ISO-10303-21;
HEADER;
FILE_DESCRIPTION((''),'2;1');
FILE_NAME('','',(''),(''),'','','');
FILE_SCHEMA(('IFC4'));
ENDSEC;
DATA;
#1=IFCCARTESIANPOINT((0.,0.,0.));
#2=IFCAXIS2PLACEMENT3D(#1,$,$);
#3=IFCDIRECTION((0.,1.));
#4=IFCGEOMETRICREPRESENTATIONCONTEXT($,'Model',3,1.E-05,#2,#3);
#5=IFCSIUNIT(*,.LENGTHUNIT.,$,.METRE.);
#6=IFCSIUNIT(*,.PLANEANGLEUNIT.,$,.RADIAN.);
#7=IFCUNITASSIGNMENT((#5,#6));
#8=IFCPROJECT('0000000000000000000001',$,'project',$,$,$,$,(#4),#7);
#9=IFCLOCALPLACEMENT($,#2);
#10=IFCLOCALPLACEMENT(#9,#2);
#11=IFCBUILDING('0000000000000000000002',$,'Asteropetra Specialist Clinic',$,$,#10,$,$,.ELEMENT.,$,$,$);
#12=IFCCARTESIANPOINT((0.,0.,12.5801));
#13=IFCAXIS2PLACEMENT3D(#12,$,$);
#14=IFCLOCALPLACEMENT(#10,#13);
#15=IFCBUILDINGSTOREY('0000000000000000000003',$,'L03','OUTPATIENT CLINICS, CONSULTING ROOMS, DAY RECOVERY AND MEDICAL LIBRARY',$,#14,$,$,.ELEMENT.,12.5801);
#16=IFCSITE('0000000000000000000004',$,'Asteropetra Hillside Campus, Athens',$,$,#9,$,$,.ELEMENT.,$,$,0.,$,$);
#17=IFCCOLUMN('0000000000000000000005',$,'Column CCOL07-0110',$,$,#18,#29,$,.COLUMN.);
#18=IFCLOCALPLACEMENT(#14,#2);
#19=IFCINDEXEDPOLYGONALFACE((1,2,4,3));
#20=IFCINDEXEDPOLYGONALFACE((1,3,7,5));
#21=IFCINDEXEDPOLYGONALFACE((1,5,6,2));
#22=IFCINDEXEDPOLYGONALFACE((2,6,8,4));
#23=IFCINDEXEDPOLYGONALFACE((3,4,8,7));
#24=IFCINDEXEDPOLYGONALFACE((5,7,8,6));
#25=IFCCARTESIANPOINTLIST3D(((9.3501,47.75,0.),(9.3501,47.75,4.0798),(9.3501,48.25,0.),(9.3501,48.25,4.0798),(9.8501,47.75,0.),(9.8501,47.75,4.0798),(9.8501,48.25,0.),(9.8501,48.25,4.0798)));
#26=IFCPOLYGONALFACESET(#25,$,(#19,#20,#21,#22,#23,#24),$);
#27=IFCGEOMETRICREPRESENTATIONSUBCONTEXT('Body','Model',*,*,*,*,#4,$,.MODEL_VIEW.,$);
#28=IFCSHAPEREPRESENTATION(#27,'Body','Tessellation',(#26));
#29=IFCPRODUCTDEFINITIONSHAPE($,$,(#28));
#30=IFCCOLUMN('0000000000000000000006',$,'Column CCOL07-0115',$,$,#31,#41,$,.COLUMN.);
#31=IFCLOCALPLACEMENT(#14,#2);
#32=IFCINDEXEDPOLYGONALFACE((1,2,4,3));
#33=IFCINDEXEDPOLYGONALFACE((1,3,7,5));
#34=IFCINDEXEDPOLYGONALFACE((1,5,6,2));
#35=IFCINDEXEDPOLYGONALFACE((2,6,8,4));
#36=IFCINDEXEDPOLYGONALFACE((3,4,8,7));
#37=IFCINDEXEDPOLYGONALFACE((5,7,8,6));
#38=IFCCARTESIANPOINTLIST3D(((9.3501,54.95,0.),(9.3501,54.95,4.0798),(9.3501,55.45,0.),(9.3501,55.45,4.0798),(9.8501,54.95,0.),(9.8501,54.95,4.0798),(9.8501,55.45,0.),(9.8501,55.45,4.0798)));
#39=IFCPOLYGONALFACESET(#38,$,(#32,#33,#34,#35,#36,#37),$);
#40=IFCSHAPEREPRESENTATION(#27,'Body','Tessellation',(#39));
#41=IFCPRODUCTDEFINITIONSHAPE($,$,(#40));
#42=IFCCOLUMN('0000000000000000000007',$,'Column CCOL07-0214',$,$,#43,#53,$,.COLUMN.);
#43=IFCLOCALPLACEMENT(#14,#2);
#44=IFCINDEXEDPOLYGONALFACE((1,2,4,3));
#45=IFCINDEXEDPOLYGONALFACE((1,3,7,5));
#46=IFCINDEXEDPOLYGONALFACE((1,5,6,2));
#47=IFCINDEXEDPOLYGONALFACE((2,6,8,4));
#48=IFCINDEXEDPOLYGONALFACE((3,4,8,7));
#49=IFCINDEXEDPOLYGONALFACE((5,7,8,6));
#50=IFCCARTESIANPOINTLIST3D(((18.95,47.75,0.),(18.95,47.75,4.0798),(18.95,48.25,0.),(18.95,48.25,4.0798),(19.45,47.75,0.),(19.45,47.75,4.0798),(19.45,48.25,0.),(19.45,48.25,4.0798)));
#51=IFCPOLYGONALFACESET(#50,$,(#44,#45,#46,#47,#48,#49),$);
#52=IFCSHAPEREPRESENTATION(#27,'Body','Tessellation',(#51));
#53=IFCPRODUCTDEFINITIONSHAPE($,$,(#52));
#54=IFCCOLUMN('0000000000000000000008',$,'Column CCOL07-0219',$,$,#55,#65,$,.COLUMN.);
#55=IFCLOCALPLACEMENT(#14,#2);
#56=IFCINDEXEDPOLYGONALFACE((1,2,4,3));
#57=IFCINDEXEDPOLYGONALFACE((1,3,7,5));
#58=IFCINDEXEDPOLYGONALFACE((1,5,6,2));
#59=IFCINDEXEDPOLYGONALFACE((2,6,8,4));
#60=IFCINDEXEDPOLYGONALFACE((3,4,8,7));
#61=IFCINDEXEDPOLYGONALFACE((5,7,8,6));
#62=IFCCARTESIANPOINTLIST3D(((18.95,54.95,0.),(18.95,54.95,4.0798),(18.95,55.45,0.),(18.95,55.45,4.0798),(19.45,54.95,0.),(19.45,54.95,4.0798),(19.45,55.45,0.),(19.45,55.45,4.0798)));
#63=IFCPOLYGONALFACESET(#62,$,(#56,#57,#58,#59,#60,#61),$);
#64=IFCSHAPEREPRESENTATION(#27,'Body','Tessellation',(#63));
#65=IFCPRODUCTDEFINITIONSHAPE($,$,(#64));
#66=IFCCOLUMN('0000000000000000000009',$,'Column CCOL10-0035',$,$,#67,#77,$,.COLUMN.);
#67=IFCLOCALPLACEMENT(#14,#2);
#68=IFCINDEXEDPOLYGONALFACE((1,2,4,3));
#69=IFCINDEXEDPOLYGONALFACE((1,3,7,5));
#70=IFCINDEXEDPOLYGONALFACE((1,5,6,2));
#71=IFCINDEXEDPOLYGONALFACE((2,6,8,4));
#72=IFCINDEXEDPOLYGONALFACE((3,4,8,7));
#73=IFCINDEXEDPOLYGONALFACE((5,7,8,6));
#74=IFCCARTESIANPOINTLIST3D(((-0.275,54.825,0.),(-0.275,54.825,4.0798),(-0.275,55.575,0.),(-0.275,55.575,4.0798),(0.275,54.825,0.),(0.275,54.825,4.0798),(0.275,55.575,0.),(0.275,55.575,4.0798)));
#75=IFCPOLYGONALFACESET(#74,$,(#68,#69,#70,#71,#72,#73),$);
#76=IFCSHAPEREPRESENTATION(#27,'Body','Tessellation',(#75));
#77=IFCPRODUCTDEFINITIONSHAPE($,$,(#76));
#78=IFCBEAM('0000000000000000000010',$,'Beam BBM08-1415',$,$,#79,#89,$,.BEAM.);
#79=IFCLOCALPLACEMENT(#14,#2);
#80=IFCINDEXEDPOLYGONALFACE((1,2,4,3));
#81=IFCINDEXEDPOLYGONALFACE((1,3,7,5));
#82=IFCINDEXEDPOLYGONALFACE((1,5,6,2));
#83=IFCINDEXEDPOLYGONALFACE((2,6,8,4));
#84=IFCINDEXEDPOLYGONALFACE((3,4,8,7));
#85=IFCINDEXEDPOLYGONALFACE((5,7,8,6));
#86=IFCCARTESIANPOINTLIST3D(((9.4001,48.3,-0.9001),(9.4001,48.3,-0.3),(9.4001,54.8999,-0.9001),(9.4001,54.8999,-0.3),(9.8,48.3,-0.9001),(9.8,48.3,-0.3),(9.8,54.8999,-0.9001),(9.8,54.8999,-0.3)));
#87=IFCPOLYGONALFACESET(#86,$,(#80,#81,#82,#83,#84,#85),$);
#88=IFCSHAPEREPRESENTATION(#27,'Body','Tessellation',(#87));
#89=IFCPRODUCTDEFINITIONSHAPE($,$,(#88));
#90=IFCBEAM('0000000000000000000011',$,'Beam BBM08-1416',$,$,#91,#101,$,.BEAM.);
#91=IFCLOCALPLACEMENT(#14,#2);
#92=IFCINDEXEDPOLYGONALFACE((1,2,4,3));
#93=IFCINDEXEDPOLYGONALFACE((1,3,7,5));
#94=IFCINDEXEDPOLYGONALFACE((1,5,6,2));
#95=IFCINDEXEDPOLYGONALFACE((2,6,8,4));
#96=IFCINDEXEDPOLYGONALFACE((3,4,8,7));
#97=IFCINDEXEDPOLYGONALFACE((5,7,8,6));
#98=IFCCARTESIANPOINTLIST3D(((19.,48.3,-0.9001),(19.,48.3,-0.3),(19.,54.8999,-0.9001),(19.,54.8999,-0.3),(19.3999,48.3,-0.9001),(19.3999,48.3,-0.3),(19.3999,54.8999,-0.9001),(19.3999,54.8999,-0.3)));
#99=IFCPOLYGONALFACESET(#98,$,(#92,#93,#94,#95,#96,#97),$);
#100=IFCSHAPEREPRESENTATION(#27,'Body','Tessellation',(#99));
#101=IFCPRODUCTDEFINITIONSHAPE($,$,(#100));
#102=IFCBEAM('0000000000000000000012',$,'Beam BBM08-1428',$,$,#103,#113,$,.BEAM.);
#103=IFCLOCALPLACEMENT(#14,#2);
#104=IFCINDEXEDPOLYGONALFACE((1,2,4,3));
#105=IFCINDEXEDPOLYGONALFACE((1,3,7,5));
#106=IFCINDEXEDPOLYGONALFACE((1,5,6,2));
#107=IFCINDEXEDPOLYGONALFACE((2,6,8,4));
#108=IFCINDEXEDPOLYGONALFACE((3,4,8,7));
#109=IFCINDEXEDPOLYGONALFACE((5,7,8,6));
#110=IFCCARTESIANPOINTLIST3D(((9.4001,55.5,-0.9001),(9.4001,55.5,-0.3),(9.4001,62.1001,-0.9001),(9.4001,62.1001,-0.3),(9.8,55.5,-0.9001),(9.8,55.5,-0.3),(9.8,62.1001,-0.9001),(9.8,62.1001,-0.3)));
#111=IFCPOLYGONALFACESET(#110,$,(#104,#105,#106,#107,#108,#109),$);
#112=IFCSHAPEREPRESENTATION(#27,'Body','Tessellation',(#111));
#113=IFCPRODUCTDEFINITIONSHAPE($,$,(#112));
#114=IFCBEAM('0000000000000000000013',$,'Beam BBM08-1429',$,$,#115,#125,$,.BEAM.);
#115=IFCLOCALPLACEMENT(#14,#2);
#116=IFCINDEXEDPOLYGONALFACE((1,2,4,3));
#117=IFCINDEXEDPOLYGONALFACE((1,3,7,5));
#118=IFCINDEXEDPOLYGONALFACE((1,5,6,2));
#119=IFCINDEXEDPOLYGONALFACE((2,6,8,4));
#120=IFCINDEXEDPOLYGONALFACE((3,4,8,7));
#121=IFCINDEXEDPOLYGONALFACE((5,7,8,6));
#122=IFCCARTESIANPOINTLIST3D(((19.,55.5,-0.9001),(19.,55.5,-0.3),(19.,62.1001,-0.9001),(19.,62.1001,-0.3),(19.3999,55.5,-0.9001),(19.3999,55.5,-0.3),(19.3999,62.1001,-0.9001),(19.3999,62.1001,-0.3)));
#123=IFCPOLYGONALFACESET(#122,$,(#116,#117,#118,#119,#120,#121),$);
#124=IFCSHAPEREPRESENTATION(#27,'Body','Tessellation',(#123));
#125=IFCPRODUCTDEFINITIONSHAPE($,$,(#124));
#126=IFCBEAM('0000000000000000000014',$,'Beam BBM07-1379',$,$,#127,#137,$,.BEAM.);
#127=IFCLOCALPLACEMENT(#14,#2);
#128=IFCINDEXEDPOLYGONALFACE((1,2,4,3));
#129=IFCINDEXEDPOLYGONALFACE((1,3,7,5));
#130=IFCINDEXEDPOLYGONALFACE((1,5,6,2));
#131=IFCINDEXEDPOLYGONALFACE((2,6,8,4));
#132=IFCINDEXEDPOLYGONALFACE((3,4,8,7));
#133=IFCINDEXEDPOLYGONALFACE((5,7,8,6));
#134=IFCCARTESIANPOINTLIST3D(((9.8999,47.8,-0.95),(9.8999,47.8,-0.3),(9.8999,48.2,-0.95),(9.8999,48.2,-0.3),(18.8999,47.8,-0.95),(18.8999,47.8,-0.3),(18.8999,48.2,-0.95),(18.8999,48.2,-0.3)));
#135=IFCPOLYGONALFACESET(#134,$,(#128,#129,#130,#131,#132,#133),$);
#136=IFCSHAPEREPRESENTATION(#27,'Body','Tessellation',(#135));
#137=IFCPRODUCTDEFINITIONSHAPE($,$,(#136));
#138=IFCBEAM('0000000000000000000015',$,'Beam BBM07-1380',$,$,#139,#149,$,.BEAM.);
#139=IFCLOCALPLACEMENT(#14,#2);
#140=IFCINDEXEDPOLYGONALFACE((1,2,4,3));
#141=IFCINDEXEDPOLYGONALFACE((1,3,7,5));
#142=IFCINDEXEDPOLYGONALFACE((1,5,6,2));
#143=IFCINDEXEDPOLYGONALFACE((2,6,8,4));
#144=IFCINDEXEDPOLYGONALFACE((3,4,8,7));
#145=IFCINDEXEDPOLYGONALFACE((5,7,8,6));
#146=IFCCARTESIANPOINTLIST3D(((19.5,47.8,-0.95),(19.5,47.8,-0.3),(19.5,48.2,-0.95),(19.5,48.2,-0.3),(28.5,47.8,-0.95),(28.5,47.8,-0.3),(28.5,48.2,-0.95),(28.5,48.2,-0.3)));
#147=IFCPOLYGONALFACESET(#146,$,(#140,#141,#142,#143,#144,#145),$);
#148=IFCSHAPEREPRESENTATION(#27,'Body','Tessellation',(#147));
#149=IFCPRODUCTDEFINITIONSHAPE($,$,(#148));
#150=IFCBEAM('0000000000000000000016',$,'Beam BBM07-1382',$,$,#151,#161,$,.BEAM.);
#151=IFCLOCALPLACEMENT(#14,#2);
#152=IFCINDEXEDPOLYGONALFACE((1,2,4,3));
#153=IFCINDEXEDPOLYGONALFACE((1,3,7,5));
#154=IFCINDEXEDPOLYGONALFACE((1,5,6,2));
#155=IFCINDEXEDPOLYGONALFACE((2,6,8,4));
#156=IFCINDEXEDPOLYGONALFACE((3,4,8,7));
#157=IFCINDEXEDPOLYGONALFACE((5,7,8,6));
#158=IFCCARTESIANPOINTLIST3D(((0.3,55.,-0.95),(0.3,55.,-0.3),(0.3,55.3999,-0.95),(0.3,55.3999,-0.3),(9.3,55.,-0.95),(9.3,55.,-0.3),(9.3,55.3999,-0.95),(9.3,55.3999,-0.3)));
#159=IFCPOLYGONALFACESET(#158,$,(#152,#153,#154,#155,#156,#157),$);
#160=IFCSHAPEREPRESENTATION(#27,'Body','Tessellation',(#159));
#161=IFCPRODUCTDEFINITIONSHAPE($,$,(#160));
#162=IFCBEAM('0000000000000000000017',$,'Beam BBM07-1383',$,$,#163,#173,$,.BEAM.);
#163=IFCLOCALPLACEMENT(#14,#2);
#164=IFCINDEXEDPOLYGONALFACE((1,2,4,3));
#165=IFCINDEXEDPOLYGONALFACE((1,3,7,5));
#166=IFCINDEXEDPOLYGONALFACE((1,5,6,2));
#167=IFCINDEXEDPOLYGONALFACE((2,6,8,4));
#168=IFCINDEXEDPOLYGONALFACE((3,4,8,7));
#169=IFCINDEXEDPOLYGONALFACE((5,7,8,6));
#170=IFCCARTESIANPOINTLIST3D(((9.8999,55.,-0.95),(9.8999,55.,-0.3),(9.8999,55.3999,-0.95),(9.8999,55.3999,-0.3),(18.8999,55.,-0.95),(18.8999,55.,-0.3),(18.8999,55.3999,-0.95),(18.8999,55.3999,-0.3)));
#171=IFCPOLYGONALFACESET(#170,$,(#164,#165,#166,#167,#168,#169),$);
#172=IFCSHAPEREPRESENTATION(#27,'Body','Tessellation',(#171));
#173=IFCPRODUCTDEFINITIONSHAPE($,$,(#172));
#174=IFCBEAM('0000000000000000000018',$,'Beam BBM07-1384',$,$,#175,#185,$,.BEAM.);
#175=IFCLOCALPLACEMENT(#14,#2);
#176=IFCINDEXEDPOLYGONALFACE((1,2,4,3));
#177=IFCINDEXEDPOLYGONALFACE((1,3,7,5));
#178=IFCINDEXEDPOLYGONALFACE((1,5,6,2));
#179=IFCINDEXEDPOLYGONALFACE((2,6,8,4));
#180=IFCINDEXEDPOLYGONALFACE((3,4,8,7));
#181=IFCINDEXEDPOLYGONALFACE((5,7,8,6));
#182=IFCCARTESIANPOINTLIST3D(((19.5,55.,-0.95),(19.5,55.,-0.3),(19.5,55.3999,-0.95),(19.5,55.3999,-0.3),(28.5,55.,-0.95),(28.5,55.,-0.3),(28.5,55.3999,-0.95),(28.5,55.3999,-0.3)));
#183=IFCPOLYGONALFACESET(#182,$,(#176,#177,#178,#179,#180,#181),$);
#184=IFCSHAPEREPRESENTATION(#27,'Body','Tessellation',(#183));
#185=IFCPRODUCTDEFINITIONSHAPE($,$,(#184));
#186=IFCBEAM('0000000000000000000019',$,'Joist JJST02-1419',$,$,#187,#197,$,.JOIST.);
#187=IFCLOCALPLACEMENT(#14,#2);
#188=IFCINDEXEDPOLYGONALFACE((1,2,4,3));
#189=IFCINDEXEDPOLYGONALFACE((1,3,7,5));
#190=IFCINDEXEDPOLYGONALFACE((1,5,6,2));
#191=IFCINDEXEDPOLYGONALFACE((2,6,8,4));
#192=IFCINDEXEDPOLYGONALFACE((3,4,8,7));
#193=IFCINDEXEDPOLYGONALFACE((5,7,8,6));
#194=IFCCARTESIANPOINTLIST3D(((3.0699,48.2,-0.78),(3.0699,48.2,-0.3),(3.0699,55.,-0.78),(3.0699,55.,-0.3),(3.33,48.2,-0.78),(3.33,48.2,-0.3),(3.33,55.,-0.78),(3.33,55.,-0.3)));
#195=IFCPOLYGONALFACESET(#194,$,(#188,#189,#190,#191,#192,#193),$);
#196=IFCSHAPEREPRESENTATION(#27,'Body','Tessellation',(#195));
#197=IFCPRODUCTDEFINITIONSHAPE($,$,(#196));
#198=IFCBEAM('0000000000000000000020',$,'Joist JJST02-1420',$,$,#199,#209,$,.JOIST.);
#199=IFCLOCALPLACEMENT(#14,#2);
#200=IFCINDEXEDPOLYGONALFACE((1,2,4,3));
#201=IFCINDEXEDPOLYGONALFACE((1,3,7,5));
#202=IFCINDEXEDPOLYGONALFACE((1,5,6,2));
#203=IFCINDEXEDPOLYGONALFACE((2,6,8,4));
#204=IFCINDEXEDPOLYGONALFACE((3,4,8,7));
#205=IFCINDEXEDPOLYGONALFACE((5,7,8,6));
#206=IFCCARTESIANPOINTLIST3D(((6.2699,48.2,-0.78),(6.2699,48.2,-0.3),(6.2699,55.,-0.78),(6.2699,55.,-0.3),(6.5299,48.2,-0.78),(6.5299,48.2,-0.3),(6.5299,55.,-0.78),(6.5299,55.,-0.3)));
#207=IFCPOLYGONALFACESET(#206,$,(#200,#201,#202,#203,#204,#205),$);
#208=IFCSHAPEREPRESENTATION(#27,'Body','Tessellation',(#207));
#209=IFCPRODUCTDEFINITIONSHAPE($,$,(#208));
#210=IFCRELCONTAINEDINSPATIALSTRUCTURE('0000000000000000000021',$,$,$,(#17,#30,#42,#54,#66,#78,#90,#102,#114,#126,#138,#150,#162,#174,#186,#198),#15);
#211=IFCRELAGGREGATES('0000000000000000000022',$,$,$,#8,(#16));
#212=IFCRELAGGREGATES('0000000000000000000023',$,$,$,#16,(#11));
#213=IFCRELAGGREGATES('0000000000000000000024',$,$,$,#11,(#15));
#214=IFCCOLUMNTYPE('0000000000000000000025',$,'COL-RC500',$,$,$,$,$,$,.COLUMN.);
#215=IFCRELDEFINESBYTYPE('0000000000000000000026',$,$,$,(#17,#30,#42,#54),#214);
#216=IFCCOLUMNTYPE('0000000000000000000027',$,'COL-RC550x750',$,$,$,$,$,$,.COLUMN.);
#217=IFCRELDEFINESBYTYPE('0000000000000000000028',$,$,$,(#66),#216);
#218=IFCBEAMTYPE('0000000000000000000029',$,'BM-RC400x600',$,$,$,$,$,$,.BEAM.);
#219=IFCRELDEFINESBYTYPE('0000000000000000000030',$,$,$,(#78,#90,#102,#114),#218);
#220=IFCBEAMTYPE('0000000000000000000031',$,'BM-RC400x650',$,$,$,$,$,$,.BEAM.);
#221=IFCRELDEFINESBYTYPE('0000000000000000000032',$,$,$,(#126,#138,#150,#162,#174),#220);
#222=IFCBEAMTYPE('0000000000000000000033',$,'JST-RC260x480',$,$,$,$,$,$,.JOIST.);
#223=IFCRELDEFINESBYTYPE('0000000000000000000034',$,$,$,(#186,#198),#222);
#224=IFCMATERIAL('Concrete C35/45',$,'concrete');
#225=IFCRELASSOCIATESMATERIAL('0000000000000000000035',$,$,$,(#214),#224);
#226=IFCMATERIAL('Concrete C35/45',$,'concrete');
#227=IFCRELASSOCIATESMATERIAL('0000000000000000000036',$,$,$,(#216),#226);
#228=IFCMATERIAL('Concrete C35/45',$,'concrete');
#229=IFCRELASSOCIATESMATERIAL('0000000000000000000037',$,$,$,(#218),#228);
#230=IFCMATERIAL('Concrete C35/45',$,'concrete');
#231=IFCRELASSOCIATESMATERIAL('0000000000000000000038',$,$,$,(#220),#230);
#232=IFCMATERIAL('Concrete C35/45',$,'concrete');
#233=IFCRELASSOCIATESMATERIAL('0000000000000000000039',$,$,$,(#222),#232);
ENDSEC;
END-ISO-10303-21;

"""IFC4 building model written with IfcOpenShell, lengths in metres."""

from ifc_helpers import new_model, si_unit, direction, frame, origin, origin_2d, place, context, subcontext, project, spatial, rectangle, extrude, material, material_profile, profile_set, type_object, element, save


model = new_model("IFC4")

# Units and contexts
model_context = context("Model", 3, precision=1e-05, world=origin(), true_north=direction((0.0, 1.0)))
body_context = subcontext(model_context, "Body", "Model", "MODEL_VIEW")
ifc_project = project(units=[si_unit("LENGTHUNIT", "METRE"), si_unit("PLANEANGLEUNIT", "RADIAN")], contexts=[model_context])

# Site, building, storey
site_placement = place(None, origin())
site = spatial("IfcSite", under=ifc_project, at=site_placement, Name="Asteropetra Hillside Campus, Athens", CompositionType="ELEMENT", RefElevation=0.0)
building_placement = place(site_placement, origin())
building = spatial("IfcBuilding", under=site, at=building_placement, Name="Asteropetra Specialist Clinic", CompositionType="ELEMENT")
storey_placement = place(building_placement, frame((0.0, 0.0, 12.5801)))
storey = spatial("IfcBuildingStorey", under=building, at=storey_placement, Name="L03", Description="OUTPATIENT CLINICS, CONSULTING ROOMS, DAY RECOVERY AND MEDICAL LIBRARY", CompositionType="ELEMENT", Elevation=12.5801)

# Columns
ifc_material_1 = material(Name="Concrete C35/45", Category="concrete")
ifc_material_profile_1 = material_profile(ifc_material_1, rectangle(XDim=0.5, YDim=0.5, at=origin_2d()), Name="RC 500x500")
ifc_profile_set_1 = profile_set([ifc_material_profile_1], Name="Concrete C35/45")
column_type_1 = type_object("IfcColumnType", Name="COL-RC500", PredefinedType="COLUMN", material=ifc_profile_set_1)
for number, where, z_axis, x_axis, name in (
    (1, (9.6001, 48.0, 0.0), (0.0, 0.0, 1.0), (1.0, 0.0, 0.0), "Column CCOL07-0110"),
    (2, (9.6001, 55.2, 0.0), (0.0, 0.0, 1.0), (1.0, 0.0, 0.0), "Column CCOL07-0115"),
    (3, (19.2, 48.0, 0.0), (0.0, 0.0, 1.0), (1.0, 0.0, 0.0), "Column CCOL07-0214"),
    (4, (19.2, 55.2, 0.0), (0.0, 0.0, 1.0), (1.0, 0.0, 0.0), "Column CCOL07-0219"),
):
    element("IfcColumn", number, at=place(storey_placement, frame(where, z_axis=z_axis, x_axis=x_axis)), inside=storey, type_object=column_type_1, Name=name, PredefinedType="COLUMN", context=body_context, shape_type="SweptSolid", body=[
        extrude(rectangle(XDim=0.5, YDim=0.5, at=origin_2d()), origin(), (0.0, 0.0, 1.0), 4.0798),
    ])
ifc_material_2 = material(Name="Concrete C35/45", Category="concrete")
ifc_material_profile_2 = material_profile(ifc_material_2, rectangle(XDim=0.55, YDim=0.75, at=origin_2d()), Name="RC 550x750")
ifc_profile_set_2 = profile_set([ifc_material_profile_2], Name="Concrete C35/45")
column_type_2 = type_object("IfcColumnType", Name="COL-RC550x750", PredefinedType="COLUMN", material=ifc_profile_set_2)
column_placement = place(storey_placement, frame((0.0, 55.2, 0.0), z_axis=(0.0, 0.0, 1.0), x_axis=(1.0, 0.0, 0.0)))
element("IfcColumn", 5, at=column_placement, inside=storey, type_object=column_type_2, Name="Column CCOL10-0035", PredefinedType="COLUMN", context=body_context, shape_type="SweptSolid", body=[
    extrude(rectangle(XDim=0.55, YDim=0.75, at=origin_2d()), origin(), (0.0, 0.0, 1.0), 4.0798),
])

# Beams
ifc_material_3 = material(Name="Concrete C35/45", Category="concrete")
ifc_material_profile_3 = material_profile(ifc_material_3, rectangle(XDim=0.3999, YDim=0.6001, at=origin_2d()), Name="RCB 400x600")
ifc_profile_set_3 = profile_set([ifc_material_profile_3], Name="Concrete C35/45")
beam_type_1 = type_object("IfcBeamType", Name="BM-RC400x600", PredefinedType="BEAM", material=ifc_profile_set_3)
for number, where, z_axis, x_axis, name in (
    (6, (9.6001, 48.3, -0.6001), (0.0, 1.0, 0.0), (-1.0, 0.0, 0.0), "Beam BBM08-1415"),
    (7, (19.2, 48.3, -0.6001), (0.0, 1.0, 0.0), (-1.0, 0.0, 0.0), "Beam BBM08-1416"),
):
    element("IfcBeam", number, at=place(storey_placement, frame(where, z_axis=z_axis, x_axis=x_axis)), inside=storey, type_object=beam_type_1, Name=name, PredefinedType="BEAM", context=body_context, shape_type="SweptSolid", body=[
        extrude(rectangle(XDim=0.3999, YDim=0.6001, at=origin_2d()), origin(), (0.0, 0.0, 1.0), 6.5999),
    ])
for number, where, z_axis, x_axis, name in (
    (8, (9.6001, 55.5, -0.6001), (0.0, 1.0, 0.0), (-1.0, 0.0, 0.0), "Beam BBM08-1428"),
    (9, (19.2, 55.5, -0.6001), (0.0, 1.0, 0.0), (-1.0, 0.0, 0.0), "Beam BBM08-1429"),
):
    element("IfcBeam", number, at=place(storey_placement, frame(where, z_axis=z_axis, x_axis=x_axis)), inside=storey, type_object=beam_type_1, Name=name, PredefinedType="BEAM", context=body_context, shape_type="SweptSolid", body=[
        extrude(rectangle(XDim=0.3999, YDim=0.6001, at=origin_2d()), origin(), (0.0, 0.0, 1.0), 6.6001),
    ])
ifc_material_4 = material(Name="Concrete C35/45", Category="concrete")
ifc_material_profile_4 = material_profile(ifc_material_4, rectangle(XDim=0.3999, YDim=0.6499, at=origin_2d()), Name="RCB 400x650")
ifc_profile_set_4 = profile_set([ifc_material_profile_4], Name="Concrete C35/45")
beam_type_2 = type_object("IfcBeamType", Name="BM-RC400x650", PredefinedType="BEAM", material=ifc_profile_set_4)
for number, where, z_axis, x_axis, name in (
    (10, (9.8999, 48.0, -0.625), (1.0, 0.0, 0.0), (0.0, 1.0, 0.0), "Beam BBM07-1379"),
    (11, (19.5, 48.0, -0.625), (1.0, 0.0, 0.0), (0.0, 1.0, 0.0), "Beam BBM07-1380"),
    (12, (0.3, 55.2, -0.625), (1.0, 0.0, 0.0), (0.0, 1.0, 0.0), "Beam BBM07-1382"),
    (13, (9.8999, 55.2, -0.625), (1.0, 0.0, 0.0), (0.0, 1.0, 0.0), "Beam BBM07-1383"),
    (14, (19.5, 55.2, -0.625), (1.0, 0.0, 0.0), (0.0, 1.0, 0.0), "Beam BBM07-1384"),
):
    element("IfcBeam", number, at=place(storey_placement, frame(where, z_axis=z_axis, x_axis=x_axis)), inside=storey, type_object=beam_type_2, Name=name, PredefinedType="BEAM", context=body_context, shape_type="SweptSolid", body=[
        extrude(rectangle(XDim=0.3999, YDim=0.6499, at=origin_2d()), origin(), (0.0, 0.0, 1.0), 9.0),
    ])
ifc_material_5 = material(Name="Concrete C35/45", Category="concrete")
ifc_material_profile_5 = material_profile(ifc_material_5, rectangle(XDim=0.26, YDim=0.48, at=origin_2d()), Name="RCJ 260x480")
ifc_profile_set_5 = profile_set([ifc_material_profile_5], Name="Concrete C35/45")
beam_type_3 = type_object("IfcBeamType", Name="JST-RC260x480", PredefinedType="JOIST", material=ifc_profile_set_5)
for number, where, z_axis, x_axis, name in (
    (15, (3.2, 48.2, -0.54), (0.0, 1.0, 0.0), (-1.0, 0.0, 0.0), "Joist JJST02-1419"),
    (16, (6.3999, 48.2, -0.54), (0.0, 1.0, 0.0), (-1.0, 0.0, 0.0), "Joist JJST02-1420"),
):
    element("IfcBeam", number, at=place(storey_placement, frame(where, z_axis=z_axis, x_axis=x_axis)), inside=storey, type_object=beam_type_3, Name=name, PredefinedType="JOIST", context=body_context, shape_type="SweptSolid", body=[
        extrude(rectangle(XDim=0.26, YDim=0.48, at=origin_2d()), origin(), (0.0, 0.0, 1.0), 6.8),
    ])

save(model, "model.ifc")
